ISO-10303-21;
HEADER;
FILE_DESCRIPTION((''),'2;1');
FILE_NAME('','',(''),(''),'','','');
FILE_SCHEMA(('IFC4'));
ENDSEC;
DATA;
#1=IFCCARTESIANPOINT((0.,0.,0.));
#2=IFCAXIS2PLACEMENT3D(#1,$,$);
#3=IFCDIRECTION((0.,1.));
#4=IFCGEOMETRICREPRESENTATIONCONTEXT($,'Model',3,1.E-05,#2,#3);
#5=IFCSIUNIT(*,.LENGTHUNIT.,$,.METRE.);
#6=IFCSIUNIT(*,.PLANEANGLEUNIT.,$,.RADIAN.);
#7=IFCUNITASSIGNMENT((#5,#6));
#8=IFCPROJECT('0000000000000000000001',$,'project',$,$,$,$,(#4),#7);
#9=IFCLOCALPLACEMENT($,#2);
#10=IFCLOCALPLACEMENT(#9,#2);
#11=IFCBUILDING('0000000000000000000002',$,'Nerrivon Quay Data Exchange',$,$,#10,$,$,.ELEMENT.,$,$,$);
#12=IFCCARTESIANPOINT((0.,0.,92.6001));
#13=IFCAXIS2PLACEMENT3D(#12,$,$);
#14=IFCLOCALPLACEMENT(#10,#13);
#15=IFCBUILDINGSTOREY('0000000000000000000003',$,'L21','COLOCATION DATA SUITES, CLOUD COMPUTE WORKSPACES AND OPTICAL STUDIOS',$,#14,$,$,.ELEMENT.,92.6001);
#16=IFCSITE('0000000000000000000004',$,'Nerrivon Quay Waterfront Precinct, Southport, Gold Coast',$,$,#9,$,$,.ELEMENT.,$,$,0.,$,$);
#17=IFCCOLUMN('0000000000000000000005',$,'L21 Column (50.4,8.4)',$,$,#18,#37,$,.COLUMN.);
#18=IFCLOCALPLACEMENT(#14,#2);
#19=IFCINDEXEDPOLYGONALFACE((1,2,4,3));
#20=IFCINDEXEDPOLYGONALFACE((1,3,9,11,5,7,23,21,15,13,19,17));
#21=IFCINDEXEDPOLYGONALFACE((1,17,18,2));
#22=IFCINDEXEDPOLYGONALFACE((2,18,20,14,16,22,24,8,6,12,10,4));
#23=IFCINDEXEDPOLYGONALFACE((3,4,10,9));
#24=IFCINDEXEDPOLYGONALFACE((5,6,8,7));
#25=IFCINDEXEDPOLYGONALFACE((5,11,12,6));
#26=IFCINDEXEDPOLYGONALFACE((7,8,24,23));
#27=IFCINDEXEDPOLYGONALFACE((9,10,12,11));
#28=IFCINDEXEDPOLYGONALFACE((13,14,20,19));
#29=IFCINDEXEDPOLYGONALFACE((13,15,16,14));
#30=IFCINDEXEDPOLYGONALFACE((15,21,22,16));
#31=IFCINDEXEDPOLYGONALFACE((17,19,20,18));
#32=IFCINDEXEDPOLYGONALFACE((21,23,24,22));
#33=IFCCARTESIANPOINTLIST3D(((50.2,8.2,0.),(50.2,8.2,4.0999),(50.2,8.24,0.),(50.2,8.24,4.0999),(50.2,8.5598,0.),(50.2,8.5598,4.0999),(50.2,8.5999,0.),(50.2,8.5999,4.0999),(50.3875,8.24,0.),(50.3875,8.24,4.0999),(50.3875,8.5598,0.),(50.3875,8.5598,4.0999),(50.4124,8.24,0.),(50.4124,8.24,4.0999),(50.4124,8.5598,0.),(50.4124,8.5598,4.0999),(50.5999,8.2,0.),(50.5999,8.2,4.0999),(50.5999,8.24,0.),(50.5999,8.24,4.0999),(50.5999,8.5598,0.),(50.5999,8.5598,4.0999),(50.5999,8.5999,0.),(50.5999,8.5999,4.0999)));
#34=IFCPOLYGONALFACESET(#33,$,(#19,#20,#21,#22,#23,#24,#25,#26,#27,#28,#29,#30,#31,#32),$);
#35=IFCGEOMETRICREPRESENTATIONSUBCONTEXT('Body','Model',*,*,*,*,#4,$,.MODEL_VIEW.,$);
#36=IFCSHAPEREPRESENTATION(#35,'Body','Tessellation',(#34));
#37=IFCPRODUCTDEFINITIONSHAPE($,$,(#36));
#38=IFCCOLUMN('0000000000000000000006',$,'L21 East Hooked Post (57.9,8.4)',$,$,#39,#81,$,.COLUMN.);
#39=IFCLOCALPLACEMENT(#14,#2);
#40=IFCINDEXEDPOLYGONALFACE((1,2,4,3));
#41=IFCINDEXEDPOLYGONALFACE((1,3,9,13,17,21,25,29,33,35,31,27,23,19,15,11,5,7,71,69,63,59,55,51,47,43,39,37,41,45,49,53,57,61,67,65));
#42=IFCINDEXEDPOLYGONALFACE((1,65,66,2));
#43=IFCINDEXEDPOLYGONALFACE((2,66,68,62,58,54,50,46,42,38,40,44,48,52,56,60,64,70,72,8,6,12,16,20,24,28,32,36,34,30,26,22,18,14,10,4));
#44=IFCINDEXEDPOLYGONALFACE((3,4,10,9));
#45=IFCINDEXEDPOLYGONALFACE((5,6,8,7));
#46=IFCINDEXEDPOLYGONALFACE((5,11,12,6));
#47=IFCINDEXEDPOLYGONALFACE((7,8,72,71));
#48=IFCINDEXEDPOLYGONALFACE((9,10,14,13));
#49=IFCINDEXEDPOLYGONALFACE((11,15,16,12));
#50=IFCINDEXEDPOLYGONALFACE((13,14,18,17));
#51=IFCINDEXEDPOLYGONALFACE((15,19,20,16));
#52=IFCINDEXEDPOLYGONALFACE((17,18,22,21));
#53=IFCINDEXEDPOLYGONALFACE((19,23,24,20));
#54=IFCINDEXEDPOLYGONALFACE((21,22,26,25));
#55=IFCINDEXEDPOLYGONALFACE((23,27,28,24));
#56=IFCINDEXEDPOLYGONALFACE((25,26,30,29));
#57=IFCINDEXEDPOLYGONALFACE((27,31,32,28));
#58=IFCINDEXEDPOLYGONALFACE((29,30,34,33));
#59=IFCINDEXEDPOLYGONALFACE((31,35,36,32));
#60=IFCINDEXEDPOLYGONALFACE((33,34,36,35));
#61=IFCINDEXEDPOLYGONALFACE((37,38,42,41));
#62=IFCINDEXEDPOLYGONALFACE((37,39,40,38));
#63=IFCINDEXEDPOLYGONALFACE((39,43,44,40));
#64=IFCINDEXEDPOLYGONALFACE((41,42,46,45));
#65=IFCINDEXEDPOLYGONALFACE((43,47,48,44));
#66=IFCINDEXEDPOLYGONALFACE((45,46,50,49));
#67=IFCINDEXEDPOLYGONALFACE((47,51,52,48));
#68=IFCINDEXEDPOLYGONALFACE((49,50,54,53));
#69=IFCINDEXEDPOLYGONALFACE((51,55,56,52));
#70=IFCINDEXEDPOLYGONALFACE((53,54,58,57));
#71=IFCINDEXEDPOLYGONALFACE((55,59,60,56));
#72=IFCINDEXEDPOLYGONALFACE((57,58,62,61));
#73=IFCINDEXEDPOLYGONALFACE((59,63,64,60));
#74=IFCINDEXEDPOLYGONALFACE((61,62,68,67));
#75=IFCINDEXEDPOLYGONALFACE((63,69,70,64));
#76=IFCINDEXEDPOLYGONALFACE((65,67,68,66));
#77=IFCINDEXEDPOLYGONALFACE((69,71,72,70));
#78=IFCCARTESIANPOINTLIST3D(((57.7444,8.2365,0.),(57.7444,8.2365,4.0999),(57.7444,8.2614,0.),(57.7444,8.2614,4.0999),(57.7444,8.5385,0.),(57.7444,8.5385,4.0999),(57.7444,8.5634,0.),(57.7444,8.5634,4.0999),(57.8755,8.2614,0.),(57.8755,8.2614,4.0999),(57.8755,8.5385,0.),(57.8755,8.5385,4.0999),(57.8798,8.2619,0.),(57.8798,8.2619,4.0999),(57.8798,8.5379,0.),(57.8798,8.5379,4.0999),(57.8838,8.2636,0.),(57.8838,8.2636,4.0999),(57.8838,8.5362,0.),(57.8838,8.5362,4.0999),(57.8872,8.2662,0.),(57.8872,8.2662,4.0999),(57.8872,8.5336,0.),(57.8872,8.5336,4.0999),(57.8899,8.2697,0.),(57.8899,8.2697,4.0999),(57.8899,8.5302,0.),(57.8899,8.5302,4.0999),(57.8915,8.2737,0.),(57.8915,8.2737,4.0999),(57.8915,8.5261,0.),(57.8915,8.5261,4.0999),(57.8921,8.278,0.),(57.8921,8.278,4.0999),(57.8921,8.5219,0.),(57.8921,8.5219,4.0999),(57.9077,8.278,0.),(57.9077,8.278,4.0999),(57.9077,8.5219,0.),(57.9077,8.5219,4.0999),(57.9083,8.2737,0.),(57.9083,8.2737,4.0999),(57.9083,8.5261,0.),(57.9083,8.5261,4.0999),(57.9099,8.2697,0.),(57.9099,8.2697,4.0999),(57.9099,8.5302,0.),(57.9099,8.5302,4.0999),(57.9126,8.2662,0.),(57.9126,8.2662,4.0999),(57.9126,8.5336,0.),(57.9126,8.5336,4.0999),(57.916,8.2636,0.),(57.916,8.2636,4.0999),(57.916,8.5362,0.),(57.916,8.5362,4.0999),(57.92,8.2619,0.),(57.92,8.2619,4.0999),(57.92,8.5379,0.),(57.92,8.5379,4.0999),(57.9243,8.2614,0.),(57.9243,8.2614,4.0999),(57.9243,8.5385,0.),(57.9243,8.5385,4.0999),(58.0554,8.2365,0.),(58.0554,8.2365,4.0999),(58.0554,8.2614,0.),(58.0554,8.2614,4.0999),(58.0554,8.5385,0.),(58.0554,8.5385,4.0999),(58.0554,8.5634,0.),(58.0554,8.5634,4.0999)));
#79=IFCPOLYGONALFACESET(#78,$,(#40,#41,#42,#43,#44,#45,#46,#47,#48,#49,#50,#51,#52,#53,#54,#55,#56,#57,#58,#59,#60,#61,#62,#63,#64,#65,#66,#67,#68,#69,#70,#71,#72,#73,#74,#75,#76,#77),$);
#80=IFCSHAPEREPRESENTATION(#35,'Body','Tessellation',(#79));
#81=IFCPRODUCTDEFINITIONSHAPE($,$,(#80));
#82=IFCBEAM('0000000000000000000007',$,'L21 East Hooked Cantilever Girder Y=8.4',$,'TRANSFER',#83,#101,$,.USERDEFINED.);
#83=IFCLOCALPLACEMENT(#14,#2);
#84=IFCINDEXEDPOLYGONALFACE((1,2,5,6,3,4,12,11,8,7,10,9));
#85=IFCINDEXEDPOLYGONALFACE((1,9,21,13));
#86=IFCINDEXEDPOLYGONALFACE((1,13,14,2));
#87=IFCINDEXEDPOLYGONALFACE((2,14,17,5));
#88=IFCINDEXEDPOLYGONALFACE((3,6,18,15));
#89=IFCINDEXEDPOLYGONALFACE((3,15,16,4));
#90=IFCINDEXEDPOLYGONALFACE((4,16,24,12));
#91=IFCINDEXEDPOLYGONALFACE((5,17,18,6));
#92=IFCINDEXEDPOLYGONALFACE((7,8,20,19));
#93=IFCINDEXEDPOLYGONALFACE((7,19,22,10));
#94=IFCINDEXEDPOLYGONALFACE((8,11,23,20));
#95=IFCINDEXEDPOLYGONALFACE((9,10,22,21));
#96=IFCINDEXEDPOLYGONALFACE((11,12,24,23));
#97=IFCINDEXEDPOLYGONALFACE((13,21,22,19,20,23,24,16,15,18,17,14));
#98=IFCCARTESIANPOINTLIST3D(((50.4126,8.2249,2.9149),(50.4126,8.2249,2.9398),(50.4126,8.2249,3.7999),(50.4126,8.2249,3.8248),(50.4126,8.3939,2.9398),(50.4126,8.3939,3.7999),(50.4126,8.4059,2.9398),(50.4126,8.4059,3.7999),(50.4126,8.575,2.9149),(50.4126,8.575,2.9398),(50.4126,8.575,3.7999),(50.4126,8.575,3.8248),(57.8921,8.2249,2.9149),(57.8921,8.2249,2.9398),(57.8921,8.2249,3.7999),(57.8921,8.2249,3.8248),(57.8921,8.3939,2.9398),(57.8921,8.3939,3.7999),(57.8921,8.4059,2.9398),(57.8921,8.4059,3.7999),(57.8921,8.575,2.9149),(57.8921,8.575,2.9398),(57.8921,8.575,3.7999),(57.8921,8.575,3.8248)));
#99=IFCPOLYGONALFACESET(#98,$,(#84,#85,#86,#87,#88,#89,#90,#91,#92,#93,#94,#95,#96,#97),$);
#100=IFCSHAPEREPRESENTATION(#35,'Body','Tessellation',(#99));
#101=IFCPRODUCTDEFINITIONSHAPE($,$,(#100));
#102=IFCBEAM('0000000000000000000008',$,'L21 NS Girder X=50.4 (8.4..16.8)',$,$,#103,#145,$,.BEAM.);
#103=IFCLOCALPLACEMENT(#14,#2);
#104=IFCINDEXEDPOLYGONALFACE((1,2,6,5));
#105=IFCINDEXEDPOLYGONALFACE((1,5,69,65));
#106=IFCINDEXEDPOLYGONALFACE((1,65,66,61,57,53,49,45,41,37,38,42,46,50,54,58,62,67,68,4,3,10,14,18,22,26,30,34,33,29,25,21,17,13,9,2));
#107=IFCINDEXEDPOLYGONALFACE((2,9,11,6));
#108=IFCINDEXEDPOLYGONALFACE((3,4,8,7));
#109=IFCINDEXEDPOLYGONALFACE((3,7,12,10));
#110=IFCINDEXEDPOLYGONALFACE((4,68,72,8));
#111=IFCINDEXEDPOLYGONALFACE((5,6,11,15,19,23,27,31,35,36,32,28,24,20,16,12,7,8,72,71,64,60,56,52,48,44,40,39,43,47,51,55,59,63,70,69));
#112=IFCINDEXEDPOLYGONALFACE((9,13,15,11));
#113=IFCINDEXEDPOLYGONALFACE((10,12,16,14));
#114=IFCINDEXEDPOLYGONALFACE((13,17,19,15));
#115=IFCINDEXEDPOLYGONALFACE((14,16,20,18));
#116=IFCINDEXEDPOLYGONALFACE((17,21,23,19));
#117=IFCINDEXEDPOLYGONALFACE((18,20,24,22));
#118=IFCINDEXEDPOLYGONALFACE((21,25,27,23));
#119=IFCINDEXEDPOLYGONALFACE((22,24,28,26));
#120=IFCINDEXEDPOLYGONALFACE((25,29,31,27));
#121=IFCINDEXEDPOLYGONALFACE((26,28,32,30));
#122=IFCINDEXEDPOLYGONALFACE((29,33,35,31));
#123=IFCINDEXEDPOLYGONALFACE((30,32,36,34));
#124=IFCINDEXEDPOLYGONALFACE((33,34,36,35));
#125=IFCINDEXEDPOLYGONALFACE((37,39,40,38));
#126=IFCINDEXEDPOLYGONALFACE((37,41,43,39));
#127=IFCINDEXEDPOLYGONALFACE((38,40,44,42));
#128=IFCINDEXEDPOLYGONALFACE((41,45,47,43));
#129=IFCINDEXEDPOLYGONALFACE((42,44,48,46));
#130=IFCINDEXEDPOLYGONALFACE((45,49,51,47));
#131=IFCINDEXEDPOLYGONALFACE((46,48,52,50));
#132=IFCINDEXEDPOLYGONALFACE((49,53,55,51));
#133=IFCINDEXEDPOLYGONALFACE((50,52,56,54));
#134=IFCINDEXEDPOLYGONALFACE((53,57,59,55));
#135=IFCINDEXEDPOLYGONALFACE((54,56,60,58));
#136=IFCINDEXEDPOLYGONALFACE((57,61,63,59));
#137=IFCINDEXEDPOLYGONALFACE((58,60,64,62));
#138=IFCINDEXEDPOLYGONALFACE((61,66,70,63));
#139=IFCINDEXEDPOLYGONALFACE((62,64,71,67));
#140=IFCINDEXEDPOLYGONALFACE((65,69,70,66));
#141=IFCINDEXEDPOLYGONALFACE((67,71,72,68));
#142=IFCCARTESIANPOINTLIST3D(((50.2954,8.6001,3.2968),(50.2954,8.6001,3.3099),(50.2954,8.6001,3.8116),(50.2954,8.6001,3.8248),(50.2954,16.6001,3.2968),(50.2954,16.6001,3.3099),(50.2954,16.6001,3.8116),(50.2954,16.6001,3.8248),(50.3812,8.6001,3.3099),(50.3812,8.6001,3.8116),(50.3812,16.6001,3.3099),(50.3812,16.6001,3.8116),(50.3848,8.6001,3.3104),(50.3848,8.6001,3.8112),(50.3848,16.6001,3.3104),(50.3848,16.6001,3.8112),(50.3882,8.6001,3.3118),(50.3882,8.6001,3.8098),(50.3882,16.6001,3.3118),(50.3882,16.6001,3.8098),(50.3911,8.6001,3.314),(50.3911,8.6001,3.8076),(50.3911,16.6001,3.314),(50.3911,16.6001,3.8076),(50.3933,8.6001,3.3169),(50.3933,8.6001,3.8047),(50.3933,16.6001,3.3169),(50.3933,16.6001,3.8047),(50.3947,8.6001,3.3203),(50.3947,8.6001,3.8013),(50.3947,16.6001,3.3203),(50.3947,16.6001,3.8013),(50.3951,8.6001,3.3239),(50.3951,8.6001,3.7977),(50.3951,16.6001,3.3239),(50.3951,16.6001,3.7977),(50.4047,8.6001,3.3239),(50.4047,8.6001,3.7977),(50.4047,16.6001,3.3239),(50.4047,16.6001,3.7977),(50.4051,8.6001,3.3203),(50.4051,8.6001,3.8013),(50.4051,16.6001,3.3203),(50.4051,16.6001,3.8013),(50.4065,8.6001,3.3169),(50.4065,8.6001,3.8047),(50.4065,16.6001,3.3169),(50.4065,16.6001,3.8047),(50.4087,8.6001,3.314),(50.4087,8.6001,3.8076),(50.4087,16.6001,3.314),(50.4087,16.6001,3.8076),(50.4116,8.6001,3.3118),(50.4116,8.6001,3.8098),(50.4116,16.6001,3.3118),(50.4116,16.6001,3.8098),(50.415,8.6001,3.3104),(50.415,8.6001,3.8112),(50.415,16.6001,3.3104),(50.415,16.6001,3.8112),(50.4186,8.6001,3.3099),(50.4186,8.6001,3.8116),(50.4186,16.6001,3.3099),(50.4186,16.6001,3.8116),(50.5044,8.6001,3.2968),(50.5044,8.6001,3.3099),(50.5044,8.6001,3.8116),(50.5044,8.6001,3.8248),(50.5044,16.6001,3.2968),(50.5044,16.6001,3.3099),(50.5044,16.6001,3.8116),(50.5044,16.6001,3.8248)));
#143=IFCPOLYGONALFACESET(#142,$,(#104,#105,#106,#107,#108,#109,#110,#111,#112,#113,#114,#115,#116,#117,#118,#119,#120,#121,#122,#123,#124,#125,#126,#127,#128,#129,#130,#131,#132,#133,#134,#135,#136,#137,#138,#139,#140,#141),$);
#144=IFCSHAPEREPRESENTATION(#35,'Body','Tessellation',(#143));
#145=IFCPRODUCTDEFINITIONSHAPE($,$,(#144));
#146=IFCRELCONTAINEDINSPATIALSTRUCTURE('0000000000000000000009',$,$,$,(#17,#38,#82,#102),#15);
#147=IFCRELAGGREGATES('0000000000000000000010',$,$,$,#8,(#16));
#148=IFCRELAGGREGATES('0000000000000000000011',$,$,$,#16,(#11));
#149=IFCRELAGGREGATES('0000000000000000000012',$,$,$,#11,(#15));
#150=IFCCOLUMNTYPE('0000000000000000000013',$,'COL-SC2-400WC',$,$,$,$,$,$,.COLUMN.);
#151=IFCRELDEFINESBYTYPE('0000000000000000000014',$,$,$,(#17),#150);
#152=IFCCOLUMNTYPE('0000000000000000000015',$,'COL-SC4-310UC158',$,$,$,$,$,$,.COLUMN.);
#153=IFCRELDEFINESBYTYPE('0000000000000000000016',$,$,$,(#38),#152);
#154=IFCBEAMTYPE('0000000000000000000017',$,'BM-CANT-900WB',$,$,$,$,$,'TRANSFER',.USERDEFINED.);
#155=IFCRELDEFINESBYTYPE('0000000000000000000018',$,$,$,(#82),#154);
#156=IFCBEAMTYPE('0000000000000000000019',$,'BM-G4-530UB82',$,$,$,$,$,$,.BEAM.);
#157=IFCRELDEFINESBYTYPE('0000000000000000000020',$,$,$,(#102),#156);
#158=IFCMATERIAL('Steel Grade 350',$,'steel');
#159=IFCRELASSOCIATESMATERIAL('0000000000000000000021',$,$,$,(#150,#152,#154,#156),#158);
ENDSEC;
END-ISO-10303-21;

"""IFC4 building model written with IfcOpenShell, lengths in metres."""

from ifc_helpers import new_model, si_unit, direction, frame, origin, origin_2d, place, context, subcontext, project, spatial, i_section, extrude, material, material_profile, profile_set, type_object, element, save


model = new_model("IFC4")

# Units and contexts
model_context = context("Model", 3, precision=1e-05, world=origin(), true_north=direction((0.0, 1.0)))
body_context = subcontext(model_context, "Body", "Model", "MODEL_VIEW")
ifc_project = project(units=[si_unit("LENGTHUNIT", "METRE"), si_unit("PLANEANGLEUNIT", "RADIAN")], contexts=[model_context])

# Site, building, storey
site_placement = place(None, origin())
site = spatial("IfcSite", under=ifc_project, at=site_placement, Name="Nerrivon Quay Waterfront Precinct, Southport, Gold Coast", CompositionType="ELEMENT", RefElevation=0.0)
building_placement = place(site_placement, origin())
building = spatial("IfcBuilding", under=site, at=building_placement, Name="Nerrivon Quay Data Exchange", CompositionType="ELEMENT")
storey_placement = place(building_placement, frame((0.0, 0.0, 92.6001)))
storey = spatial("IfcBuildingStorey", under=building, at=storey_placement, Name="L21", Description="COLOCATION DATA SUITES, CLOUD COMPUTE WORKSPACES AND OPTICAL STUDIOS", CompositionType="ELEMENT", Elevation=92.6001)

# Columns
ifc_material_1 = material(Name="Steel Grade 350", Category="steel")
ifc_material_profile_1 = material_profile(ifc_material_1, i_section(OverallWidth=0.3999, OverallDepth=0.3999, WebThickness=0.0249, FlangeThickness=0.04, at=origin_2d()), Name="400WC328")
ifc_profile_set_1 = profile_set([ifc_material_profile_1], Name="Steel Grade 350")
column_type_1 = type_object("IfcColumnType", Name="COL-SC2-400WC", PredefinedType="COLUMN", material=ifc_profile_set_1)
column_1_placement = place(storey_placement, frame((50.3999, 8.3999, 0.0), z_axis=(0.0, 0.0, 1.0), x_axis=(1.0, 0.0, 0.0)))
element("IfcColumn", 1, at=column_1_placement, inside=storey, type_object=column_type_1, Name="L21 Column (50.4,8.4)", PredefinedType="COLUMN", context=body_context, shape_type="SweptSolid", body=[
    extrude(i_section(OverallWidth=0.3999, OverallDepth=0.3999, WebThickness=0.0249, FlangeThickness=0.04, at=origin_2d()), origin(), (0.0, 0.0, 1.0), 4.0999),
])
ifc_material_profile_2 = material_profile(ifc_material_1, i_section(OverallWidth=0.311, OverallDepth=0.3269, WebThickness=0.0156, FlangeThickness=0.0249, FilletRadius=0.0166, at=origin_2d()), Name="310UC158")
ifc_profile_set_2 = profile_set([ifc_material_profile_2], Name="Steel Grade 350")
column_type_2 = type_object("IfcColumnType", Name="COL-SC4-310UC158", PredefinedType="COLUMN", material=ifc_profile_set_2)
column_2_placement = place(storey_placement, frame((57.8999, 8.3999, 0.0), z_axis=(0.0, 0.0, 1.0), x_axis=(1.0, 0.0, 0.0)))
element("IfcColumn", 2, at=column_2_placement, inside=storey, type_object=column_type_2, Name="L21 East Hooked Post (57.9,8.4)", PredefinedType="COLUMN", context=body_context, shape_type="SweptSolid", body=[
    extrude(i_section(OverallWidth=0.311, OverallDepth=0.3269, WebThickness=0.0156, FlangeThickness=0.0249, FilletRadius=0.0166, at=origin_2d()), origin(), (0.0, 0.0, 1.0), 4.0999),
])

# Beams
ifc_material_profile_3 = material_profile(ifc_material_1, i_section(OverallWidth=0.3501, OverallDepth=0.9099, WebThickness=0.012, FlangeThickness=0.0249, at=origin_2d()), Name="900WB218")
ifc_profile_set_3 = profile_set([ifc_material_profile_3], Name="Steel Grade 350")
beam_type_1 = type_object("IfcBeamType", Name="BM-CANT-900WB", ElementType="TRANSFER", PredefinedType="USERDEFINED", material=ifc_profile_set_3)
beam_1_placement = place(storey_placement, frame((50.4126, 8.3999, 3.3699), z_axis=(1.0, 0.0, 0.0), x_axis=(0.0, 1.0, 0.0)))
element("IfcBeam", 3, at=beam_1_placement, inside=storey, type_object=beam_type_1, Name="L21 East Hooked Cantilever Girder Y=8.4", ObjectType="TRANSFER", PredefinedType="USERDEFINED", context=body_context, shape_type="SweptSolid", body=[
    extrude(i_section(OverallWidth=0.3501, OverallDepth=0.9099, WebThickness=0.012, FlangeThickness=0.0249, at=origin_2d()), origin(), (0.0, 0.0, 1.0), 7.4795),
])
ifc_material_profile_4 = material_profile(ifc_material_1, i_section(OverallWidth=0.209, OverallDepth=0.5281, WebThickness=0.0095, FlangeThickness=0.0132, FilletRadius=0.0139, at=origin_2d()), Name="530UB82.0")
ifc_profile_set_4 = profile_set([ifc_material_profile_4], Name="Steel Grade 350")
beam_type_2 = type_object("IfcBeamType", Name="BM-G4-530UB82", PredefinedType="BEAM", material=ifc_profile_set_4)
beam_2_placement = place(storey_placement, frame((50.3999, 8.6001, 3.5608), z_axis=(0.0, 1.0, 0.0), x_axis=(-1.0, 0.0, 0.0)))
element("IfcBeam", 4, at=beam_2_placement, inside=storey, type_object=beam_type_2, Name="L21 NS Girder X=50.4 (8.4..16.8)", PredefinedType="BEAM", context=body_context, shape_type="SweptSolid", body=[
    extrude(i_section(OverallWidth=0.209, OverallDepth=0.5281, WebThickness=0.0095, FlangeThickness=0.0132, FilletRadius=0.0139, at=origin_2d()), origin(), (0.0, 0.0, 1.0), 8.0),
])

save(model, "model.ifc")
